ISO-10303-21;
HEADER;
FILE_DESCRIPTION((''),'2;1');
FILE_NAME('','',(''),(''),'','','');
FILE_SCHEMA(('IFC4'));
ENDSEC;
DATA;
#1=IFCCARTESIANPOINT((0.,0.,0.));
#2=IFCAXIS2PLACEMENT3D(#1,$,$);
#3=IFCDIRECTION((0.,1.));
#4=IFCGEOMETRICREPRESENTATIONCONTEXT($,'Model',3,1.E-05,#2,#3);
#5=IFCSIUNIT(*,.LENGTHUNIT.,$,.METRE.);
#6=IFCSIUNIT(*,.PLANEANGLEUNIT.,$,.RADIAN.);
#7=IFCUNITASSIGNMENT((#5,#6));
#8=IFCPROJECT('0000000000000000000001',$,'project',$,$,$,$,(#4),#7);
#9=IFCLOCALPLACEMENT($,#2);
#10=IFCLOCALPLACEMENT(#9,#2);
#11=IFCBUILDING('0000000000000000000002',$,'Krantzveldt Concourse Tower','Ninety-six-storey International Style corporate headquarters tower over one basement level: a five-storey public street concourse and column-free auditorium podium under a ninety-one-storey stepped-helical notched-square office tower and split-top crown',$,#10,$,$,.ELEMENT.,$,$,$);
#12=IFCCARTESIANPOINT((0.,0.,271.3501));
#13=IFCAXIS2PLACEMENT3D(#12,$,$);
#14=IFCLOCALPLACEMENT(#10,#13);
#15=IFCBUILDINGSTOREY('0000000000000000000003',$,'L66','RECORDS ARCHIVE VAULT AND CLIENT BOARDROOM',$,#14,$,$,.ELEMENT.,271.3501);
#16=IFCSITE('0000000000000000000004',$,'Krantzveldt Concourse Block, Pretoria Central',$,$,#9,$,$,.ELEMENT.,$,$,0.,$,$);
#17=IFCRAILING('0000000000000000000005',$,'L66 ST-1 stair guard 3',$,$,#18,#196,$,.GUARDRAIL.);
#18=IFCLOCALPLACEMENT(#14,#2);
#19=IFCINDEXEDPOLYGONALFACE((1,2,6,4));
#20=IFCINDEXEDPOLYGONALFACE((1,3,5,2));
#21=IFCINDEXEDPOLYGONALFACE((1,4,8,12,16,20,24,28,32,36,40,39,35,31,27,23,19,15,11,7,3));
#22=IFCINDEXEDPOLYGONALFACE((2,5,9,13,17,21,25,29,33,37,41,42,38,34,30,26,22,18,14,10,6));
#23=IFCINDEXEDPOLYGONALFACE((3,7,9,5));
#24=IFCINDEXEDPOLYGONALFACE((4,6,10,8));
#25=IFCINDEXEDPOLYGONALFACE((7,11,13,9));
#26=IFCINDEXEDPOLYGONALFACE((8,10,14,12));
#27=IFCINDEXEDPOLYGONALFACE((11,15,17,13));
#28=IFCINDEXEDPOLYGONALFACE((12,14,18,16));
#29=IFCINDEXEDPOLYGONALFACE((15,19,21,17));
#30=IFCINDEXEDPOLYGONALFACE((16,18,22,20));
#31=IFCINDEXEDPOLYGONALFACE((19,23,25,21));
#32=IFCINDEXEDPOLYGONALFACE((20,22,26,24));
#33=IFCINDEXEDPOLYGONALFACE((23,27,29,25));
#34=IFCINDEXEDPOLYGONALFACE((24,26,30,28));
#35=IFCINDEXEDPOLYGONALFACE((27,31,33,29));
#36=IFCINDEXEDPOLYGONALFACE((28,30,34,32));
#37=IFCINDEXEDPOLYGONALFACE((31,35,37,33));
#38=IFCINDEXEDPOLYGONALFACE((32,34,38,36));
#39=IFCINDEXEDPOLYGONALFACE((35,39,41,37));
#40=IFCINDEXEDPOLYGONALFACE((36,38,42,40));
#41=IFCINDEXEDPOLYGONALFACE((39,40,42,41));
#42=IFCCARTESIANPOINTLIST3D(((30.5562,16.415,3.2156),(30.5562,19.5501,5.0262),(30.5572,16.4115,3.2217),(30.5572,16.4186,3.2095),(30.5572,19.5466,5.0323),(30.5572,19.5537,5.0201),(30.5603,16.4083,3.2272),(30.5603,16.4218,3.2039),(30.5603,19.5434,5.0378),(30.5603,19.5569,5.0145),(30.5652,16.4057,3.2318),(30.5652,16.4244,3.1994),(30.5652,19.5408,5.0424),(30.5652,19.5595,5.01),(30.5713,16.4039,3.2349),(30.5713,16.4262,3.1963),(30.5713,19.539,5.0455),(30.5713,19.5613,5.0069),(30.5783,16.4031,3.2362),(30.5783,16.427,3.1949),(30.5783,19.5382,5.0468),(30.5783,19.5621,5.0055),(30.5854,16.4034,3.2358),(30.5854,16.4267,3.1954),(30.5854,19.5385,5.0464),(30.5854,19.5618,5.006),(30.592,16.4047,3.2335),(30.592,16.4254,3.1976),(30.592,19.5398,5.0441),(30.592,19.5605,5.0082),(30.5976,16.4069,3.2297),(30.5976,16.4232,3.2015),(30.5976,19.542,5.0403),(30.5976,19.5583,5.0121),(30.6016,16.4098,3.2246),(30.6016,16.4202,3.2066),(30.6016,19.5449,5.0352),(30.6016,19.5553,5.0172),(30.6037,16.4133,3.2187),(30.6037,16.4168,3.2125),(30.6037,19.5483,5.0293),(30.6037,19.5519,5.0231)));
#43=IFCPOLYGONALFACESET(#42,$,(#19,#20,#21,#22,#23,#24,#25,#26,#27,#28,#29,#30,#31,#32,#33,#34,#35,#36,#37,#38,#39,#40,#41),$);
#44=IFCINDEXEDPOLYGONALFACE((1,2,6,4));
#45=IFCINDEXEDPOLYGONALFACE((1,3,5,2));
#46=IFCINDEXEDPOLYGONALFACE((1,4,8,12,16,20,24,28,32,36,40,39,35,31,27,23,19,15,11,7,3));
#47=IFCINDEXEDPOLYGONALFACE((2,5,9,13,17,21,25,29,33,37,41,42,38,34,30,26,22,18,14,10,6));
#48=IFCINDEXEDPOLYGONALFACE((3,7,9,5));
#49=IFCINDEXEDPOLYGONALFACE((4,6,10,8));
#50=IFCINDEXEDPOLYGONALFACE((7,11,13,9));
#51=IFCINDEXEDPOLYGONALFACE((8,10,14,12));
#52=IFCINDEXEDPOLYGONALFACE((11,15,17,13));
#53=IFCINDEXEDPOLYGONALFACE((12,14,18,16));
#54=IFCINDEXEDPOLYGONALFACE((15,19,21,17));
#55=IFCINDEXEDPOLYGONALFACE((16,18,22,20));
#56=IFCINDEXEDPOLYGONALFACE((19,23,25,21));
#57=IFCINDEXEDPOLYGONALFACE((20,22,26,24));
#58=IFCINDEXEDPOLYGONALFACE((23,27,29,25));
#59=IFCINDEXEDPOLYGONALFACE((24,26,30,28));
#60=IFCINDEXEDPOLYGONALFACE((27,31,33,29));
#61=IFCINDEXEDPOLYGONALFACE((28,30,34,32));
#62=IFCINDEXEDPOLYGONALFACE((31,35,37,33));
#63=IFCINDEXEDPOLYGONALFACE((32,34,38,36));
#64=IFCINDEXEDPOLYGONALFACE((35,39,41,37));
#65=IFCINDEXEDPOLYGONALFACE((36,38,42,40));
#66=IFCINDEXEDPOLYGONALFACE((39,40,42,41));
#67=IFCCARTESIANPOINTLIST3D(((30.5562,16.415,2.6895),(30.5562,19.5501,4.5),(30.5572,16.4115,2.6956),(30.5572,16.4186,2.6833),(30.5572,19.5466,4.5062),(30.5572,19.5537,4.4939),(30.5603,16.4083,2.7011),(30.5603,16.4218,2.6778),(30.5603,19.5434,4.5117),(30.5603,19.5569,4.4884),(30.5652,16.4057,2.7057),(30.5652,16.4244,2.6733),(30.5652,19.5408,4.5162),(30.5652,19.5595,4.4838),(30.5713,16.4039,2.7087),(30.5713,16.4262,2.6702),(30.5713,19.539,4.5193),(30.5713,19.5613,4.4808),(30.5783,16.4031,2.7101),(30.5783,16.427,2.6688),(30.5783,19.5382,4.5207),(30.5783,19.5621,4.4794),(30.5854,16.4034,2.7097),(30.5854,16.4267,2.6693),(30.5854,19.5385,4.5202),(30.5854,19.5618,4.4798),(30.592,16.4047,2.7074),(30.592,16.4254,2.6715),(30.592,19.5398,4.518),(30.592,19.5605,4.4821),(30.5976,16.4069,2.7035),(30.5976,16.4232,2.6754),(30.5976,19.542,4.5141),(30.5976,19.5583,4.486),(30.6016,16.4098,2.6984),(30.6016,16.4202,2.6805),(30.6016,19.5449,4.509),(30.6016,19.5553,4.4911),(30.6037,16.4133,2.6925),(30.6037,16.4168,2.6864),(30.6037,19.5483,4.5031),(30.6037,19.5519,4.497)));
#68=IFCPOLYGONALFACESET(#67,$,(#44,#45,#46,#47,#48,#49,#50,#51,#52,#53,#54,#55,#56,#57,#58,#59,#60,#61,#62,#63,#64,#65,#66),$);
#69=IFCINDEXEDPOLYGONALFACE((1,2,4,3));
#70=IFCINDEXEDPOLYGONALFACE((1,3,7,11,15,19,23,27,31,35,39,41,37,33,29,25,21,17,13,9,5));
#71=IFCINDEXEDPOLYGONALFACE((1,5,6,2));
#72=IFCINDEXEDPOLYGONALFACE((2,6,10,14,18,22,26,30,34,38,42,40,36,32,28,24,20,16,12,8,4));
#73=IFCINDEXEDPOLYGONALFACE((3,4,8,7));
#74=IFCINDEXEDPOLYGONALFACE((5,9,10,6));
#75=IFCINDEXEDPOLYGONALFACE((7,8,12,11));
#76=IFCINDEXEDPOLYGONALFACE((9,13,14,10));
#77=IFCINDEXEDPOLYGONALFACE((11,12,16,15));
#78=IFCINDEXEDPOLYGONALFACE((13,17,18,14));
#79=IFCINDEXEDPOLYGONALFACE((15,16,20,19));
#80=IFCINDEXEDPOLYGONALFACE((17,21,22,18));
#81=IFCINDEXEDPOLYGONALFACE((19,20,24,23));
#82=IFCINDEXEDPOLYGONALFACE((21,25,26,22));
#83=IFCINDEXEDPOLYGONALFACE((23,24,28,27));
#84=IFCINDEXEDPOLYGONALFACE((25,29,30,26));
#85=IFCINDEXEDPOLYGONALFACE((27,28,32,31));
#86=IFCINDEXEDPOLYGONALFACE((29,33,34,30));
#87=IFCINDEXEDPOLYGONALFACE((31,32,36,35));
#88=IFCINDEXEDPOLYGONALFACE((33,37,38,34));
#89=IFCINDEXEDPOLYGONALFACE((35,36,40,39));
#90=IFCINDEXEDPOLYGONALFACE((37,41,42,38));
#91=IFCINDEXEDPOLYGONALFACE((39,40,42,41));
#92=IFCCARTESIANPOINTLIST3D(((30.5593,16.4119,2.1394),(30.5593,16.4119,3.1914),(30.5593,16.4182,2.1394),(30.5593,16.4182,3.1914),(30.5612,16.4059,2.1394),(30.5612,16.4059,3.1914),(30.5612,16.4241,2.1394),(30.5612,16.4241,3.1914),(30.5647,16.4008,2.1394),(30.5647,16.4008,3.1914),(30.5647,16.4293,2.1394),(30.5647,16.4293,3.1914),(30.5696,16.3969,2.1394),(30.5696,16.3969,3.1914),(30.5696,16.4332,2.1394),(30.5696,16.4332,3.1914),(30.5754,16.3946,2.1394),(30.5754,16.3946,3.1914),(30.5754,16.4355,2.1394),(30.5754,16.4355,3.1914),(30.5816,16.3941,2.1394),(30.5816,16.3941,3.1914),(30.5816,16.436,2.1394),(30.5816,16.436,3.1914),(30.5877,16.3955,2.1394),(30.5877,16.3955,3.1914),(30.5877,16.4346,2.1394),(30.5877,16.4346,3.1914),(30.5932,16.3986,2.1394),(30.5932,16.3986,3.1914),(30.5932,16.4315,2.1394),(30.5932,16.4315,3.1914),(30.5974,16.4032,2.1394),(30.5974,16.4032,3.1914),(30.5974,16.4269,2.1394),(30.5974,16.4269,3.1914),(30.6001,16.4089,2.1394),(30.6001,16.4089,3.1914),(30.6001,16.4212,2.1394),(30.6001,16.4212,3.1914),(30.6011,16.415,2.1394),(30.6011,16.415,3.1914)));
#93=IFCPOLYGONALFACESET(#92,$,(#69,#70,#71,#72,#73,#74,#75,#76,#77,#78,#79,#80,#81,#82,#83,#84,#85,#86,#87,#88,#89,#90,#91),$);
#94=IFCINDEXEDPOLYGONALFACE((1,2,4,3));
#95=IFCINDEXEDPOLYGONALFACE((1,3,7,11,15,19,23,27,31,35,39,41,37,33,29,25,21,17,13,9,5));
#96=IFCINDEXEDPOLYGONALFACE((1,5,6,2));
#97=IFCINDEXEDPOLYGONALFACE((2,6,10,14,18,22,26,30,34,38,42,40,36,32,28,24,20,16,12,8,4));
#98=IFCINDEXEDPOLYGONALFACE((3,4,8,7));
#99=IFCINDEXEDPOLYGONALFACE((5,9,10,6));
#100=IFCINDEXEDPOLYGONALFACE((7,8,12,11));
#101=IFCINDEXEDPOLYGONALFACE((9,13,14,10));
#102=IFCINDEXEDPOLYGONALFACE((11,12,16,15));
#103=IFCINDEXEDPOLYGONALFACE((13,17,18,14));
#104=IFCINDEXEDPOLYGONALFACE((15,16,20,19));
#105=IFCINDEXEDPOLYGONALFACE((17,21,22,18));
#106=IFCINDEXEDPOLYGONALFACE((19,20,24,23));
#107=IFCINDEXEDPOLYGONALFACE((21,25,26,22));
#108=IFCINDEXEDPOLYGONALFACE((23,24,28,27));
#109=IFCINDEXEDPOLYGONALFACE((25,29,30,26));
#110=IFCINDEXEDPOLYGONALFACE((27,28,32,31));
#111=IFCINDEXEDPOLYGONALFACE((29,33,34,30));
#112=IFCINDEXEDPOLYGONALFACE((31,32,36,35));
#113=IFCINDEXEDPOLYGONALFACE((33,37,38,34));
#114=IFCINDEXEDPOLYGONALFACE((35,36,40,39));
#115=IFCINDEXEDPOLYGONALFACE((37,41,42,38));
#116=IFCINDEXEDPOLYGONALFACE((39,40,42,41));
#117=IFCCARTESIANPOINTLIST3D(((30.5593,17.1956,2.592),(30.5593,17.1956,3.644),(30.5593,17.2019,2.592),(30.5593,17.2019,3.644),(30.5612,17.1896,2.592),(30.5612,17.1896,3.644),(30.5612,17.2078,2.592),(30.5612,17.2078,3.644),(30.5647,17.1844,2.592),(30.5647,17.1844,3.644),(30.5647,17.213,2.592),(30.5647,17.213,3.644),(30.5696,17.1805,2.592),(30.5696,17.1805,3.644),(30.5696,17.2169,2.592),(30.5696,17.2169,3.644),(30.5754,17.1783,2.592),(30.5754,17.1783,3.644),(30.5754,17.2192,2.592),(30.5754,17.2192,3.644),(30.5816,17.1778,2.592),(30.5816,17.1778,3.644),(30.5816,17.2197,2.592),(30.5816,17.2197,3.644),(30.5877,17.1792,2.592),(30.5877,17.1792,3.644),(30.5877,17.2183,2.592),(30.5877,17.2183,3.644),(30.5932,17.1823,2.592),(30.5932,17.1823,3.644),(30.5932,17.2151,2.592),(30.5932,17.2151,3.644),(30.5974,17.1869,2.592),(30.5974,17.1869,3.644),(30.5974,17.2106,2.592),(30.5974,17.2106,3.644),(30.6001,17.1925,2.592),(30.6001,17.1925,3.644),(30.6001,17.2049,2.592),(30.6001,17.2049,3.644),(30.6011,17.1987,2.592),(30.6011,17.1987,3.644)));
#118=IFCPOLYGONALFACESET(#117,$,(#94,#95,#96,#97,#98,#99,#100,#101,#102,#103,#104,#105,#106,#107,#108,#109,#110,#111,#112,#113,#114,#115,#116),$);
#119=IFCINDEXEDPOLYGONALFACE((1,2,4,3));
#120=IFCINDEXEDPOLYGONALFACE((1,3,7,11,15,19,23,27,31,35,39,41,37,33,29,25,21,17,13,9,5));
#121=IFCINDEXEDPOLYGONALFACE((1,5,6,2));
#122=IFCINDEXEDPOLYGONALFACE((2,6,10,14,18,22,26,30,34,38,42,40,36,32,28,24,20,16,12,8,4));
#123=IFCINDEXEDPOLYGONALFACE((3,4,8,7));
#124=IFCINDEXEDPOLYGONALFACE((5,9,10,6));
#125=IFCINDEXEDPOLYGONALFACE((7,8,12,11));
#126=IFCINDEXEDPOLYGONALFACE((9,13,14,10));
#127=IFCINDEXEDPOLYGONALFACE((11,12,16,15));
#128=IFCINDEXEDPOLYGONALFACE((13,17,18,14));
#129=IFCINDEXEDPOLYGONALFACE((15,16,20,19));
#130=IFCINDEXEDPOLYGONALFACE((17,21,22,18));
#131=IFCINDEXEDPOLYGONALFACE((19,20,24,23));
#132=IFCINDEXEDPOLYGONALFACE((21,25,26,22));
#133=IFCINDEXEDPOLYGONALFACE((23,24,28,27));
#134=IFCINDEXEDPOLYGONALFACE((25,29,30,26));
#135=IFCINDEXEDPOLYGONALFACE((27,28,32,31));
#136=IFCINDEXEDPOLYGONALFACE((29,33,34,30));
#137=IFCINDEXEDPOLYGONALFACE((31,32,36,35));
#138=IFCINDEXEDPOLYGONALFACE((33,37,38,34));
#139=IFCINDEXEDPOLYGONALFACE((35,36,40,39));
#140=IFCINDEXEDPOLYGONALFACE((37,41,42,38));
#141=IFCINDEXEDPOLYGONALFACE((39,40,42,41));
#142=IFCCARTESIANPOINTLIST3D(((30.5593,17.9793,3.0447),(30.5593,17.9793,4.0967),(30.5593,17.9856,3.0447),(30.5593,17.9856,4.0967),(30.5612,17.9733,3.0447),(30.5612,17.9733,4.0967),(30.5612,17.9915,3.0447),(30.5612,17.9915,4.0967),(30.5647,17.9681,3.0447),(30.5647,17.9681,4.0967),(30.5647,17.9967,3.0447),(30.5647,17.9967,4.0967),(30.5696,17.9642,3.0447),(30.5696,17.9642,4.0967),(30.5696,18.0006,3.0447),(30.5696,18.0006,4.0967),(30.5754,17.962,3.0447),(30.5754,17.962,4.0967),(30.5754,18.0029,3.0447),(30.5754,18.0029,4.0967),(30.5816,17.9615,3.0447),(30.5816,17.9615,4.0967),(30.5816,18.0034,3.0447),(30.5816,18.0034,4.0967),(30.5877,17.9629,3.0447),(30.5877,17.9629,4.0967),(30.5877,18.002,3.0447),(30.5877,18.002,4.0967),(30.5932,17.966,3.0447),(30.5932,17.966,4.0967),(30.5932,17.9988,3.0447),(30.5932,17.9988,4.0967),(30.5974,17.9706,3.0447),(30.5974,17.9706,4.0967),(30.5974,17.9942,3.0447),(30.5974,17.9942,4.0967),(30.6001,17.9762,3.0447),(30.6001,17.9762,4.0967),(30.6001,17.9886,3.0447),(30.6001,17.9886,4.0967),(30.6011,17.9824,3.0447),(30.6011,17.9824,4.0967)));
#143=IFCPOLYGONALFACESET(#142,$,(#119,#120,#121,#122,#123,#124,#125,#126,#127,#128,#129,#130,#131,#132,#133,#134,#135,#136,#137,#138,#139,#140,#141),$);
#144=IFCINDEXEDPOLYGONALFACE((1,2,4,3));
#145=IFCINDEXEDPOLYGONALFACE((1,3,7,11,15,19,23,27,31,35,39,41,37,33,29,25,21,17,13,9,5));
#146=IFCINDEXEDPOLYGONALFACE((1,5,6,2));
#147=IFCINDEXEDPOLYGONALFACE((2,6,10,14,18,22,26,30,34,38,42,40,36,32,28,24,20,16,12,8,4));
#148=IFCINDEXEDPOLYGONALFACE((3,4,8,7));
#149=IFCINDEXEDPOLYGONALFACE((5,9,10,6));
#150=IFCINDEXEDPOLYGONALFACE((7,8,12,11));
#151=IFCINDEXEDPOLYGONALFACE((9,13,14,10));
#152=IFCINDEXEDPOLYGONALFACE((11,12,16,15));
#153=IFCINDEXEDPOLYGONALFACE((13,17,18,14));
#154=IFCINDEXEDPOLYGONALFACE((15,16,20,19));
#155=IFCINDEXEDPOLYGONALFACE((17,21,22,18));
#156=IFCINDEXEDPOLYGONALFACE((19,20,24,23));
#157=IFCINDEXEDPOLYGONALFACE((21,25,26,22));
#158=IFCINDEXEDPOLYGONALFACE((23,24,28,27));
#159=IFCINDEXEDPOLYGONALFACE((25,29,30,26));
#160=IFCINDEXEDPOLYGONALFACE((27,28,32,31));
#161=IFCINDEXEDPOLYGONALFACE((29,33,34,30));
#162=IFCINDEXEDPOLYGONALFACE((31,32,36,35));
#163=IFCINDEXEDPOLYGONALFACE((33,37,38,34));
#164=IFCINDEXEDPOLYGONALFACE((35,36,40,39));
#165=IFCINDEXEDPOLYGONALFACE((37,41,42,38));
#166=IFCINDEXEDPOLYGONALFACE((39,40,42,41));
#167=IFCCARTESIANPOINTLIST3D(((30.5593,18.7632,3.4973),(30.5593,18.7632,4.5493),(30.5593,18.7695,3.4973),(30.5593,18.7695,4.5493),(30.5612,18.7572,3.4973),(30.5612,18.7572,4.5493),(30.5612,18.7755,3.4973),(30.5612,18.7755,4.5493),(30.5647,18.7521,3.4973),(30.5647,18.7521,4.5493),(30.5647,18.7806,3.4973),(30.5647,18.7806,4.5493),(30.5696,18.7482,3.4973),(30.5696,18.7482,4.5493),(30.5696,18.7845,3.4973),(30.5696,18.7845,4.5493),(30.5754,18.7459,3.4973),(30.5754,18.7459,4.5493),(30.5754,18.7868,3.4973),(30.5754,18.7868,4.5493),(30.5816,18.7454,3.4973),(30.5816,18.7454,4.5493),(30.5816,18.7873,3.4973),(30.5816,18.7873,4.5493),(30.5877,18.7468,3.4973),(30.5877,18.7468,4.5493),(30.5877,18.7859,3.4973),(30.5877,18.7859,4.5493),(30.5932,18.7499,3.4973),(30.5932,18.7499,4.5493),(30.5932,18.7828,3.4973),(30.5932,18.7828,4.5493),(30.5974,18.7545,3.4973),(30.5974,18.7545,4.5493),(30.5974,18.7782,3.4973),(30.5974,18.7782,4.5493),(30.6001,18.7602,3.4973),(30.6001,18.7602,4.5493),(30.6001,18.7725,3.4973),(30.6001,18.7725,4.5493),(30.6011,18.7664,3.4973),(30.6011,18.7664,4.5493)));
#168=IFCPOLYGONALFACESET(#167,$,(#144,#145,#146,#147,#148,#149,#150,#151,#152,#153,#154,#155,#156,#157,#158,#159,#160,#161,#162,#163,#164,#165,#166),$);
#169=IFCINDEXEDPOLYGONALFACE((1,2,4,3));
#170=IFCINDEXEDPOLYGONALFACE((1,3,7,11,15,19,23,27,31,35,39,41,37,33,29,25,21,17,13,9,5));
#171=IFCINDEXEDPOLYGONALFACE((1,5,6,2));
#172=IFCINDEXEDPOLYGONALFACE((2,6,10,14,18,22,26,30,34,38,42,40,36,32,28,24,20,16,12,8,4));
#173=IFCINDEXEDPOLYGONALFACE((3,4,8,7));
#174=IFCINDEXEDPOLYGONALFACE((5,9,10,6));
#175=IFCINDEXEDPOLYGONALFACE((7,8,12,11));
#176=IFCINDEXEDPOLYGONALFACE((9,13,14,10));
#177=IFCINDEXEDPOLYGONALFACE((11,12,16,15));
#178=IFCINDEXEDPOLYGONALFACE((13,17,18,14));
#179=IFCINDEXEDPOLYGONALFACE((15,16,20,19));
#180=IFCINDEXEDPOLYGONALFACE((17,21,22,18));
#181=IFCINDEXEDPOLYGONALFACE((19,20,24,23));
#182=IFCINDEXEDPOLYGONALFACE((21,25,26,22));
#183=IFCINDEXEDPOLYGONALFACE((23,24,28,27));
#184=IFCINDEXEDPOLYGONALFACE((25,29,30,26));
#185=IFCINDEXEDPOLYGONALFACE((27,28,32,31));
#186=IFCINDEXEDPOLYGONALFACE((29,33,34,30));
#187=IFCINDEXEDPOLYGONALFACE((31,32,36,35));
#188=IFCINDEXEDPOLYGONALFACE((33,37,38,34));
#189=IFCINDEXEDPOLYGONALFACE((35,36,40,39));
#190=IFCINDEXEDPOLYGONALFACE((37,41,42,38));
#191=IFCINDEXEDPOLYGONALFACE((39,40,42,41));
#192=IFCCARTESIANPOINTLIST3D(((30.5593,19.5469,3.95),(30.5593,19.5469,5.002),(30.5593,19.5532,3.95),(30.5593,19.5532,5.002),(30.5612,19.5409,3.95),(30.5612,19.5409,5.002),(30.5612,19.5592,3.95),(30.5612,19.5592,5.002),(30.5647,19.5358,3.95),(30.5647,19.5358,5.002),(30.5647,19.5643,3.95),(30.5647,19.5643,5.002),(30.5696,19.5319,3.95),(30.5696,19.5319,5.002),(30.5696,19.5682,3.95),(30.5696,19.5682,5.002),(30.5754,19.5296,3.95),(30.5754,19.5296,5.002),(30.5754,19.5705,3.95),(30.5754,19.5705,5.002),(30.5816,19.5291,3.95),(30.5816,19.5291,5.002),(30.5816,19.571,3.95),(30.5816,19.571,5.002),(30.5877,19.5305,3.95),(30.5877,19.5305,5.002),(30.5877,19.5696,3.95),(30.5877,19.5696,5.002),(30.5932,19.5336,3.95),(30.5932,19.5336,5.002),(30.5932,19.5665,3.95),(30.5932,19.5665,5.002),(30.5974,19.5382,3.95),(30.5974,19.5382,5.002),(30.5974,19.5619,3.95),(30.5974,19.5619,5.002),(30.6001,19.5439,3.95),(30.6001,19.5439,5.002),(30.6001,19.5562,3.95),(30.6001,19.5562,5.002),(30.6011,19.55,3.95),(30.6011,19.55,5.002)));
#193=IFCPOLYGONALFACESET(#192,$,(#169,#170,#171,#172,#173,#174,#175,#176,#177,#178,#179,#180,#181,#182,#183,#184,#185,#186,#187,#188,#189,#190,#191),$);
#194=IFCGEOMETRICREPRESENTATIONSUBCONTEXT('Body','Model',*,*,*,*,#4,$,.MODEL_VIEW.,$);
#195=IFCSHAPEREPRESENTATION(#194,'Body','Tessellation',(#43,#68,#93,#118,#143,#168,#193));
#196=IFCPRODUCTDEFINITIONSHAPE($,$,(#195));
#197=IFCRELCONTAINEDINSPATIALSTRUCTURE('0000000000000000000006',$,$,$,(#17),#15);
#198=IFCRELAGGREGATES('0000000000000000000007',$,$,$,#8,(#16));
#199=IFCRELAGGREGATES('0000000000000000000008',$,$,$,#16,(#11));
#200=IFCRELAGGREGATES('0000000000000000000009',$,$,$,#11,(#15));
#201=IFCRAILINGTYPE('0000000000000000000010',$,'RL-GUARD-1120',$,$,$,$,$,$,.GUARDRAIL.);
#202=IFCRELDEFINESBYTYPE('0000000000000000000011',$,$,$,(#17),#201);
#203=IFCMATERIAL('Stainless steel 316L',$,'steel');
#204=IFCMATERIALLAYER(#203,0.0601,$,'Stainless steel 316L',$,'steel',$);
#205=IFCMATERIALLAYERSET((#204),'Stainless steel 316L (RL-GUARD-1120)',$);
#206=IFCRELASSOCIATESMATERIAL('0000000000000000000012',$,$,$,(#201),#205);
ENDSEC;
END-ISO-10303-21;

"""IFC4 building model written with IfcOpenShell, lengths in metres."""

from ifc_helpers import new_model, si_unit, direction, frame, origin, origin_2d, place, context, subcontext, project, spatial, circle, extrude, material, layer, layer_set, type_object, element, save


model = new_model("IFC4")

# Units and contexts
model_context = context("Model", 3, precision=1e-05, world=origin(), true_north=direction((0.0, 1.0)))
body_context = subcontext(model_context, "Body", "Model", "MODEL_VIEW")
ifc_project = project(units=[si_unit("LENGTHUNIT", "METRE"), si_unit("PLANEANGLEUNIT", "RADIAN")], contexts=[model_context])

# Site, building, storey
site_placement = place(None, origin())
site = spatial("IfcSite", under=ifc_project, at=site_placement, Name="Krantzveldt Concourse Block, Pretoria Central", CompositionType="ELEMENT", RefElevation=0.0)
building_placement = place(site_placement, origin())
building = spatial("IfcBuilding", under=site, at=building_placement, Name="Krantzveldt Concourse Tower", Description="Ninety-six-storey International Style corporate headquarters tower over one basement level: a five-storey public street concourse and column-free auditorium podium under a ninety-one-storey stepped-helical notched-square office tower and split-top crown", CompositionType="ELEMENT")
storey_placement = place(building_placement, frame((0.0, 0.0, 271.3501)))
storey = spatial("IfcBuildingStorey", under=building, at=storey_placement, Name="L66", Description="RECORDS ARCHIVE VAULT AND CLIENT BOARDROOM", CompositionType="ELEMENT", Elevation=271.3501)

# Railing
ifc_material_1 = material(Name="Stainless steel 316L", Category="steel")
ifc_layer_1 = layer(ifc_material_1, 0.0601, Name="Stainless steel 316L", Category="steel")
ifc_layer_set_1 = layer_set([ifc_layer_1], Name="Stainless steel 316L (RL-GUARD-1120)")
railing_type_1 = type_object("IfcRailingType", Name="RL-GUARD-1120", PredefinedType="GUARDRAIL", material=ifc_layer_set_1)
railing_1_placement = place(storey_placement, frame((30.5801, 16.415, 2.1394)))
element("IfcRailing", 1, at=railing_1_placement, inside=storey, type_object=railing_type_1, Name="L66 ST-1 stair guard 3", PredefinedType="GUARDRAIL", context=body_context, shape_type="SweptSolid", body=[
    extrude(circle(Radius=0.0239, at=origin_2d()), frame((0.0, 0.0, 1.0762), z_axis=(0.0, 0.86596, 0.500114), x_axis=(-1.0, 0.0, 0.0)), (0.0, 0.0, 1.0), 3.6204),
    extrude(circle(Radius=0.0239, at=origin_2d()), frame((0.0, 0.0, 0.55), z_axis=(0.0, 0.86596, 0.500114), x_axis=(-1.0, 0.0, 0.0)), (0.0, 0.0, 1.0), 3.6204),
    extrude(circle(Radius=0.021, at=origin_2d()), origin(), (0.0, 0.0, 1.0), 1.052),
    extrude(circle(Radius=0.021, at=origin_2d()), frame((0.0, 0.7837, 0.4526)), (0.0, 0.0, 1.0), 1.052),
    extrude(circle(Radius=0.021, at=origin_2d()), frame((0.0, 1.5674, 0.9053)), (0.0, 0.0, 1.0), 1.052),
    extrude(circle(Radius=0.021, at=origin_2d()), frame((0.0, 2.3513, 1.3579)), (0.0, 0.0, 1.0), 1.052),
    extrude(circle(Radius=0.021, at=origin_2d()), frame((0.0, 3.135, 1.8105)), (0.0, 0.0, 1.0), 1.052),
])

save(model, "model.ifc")
